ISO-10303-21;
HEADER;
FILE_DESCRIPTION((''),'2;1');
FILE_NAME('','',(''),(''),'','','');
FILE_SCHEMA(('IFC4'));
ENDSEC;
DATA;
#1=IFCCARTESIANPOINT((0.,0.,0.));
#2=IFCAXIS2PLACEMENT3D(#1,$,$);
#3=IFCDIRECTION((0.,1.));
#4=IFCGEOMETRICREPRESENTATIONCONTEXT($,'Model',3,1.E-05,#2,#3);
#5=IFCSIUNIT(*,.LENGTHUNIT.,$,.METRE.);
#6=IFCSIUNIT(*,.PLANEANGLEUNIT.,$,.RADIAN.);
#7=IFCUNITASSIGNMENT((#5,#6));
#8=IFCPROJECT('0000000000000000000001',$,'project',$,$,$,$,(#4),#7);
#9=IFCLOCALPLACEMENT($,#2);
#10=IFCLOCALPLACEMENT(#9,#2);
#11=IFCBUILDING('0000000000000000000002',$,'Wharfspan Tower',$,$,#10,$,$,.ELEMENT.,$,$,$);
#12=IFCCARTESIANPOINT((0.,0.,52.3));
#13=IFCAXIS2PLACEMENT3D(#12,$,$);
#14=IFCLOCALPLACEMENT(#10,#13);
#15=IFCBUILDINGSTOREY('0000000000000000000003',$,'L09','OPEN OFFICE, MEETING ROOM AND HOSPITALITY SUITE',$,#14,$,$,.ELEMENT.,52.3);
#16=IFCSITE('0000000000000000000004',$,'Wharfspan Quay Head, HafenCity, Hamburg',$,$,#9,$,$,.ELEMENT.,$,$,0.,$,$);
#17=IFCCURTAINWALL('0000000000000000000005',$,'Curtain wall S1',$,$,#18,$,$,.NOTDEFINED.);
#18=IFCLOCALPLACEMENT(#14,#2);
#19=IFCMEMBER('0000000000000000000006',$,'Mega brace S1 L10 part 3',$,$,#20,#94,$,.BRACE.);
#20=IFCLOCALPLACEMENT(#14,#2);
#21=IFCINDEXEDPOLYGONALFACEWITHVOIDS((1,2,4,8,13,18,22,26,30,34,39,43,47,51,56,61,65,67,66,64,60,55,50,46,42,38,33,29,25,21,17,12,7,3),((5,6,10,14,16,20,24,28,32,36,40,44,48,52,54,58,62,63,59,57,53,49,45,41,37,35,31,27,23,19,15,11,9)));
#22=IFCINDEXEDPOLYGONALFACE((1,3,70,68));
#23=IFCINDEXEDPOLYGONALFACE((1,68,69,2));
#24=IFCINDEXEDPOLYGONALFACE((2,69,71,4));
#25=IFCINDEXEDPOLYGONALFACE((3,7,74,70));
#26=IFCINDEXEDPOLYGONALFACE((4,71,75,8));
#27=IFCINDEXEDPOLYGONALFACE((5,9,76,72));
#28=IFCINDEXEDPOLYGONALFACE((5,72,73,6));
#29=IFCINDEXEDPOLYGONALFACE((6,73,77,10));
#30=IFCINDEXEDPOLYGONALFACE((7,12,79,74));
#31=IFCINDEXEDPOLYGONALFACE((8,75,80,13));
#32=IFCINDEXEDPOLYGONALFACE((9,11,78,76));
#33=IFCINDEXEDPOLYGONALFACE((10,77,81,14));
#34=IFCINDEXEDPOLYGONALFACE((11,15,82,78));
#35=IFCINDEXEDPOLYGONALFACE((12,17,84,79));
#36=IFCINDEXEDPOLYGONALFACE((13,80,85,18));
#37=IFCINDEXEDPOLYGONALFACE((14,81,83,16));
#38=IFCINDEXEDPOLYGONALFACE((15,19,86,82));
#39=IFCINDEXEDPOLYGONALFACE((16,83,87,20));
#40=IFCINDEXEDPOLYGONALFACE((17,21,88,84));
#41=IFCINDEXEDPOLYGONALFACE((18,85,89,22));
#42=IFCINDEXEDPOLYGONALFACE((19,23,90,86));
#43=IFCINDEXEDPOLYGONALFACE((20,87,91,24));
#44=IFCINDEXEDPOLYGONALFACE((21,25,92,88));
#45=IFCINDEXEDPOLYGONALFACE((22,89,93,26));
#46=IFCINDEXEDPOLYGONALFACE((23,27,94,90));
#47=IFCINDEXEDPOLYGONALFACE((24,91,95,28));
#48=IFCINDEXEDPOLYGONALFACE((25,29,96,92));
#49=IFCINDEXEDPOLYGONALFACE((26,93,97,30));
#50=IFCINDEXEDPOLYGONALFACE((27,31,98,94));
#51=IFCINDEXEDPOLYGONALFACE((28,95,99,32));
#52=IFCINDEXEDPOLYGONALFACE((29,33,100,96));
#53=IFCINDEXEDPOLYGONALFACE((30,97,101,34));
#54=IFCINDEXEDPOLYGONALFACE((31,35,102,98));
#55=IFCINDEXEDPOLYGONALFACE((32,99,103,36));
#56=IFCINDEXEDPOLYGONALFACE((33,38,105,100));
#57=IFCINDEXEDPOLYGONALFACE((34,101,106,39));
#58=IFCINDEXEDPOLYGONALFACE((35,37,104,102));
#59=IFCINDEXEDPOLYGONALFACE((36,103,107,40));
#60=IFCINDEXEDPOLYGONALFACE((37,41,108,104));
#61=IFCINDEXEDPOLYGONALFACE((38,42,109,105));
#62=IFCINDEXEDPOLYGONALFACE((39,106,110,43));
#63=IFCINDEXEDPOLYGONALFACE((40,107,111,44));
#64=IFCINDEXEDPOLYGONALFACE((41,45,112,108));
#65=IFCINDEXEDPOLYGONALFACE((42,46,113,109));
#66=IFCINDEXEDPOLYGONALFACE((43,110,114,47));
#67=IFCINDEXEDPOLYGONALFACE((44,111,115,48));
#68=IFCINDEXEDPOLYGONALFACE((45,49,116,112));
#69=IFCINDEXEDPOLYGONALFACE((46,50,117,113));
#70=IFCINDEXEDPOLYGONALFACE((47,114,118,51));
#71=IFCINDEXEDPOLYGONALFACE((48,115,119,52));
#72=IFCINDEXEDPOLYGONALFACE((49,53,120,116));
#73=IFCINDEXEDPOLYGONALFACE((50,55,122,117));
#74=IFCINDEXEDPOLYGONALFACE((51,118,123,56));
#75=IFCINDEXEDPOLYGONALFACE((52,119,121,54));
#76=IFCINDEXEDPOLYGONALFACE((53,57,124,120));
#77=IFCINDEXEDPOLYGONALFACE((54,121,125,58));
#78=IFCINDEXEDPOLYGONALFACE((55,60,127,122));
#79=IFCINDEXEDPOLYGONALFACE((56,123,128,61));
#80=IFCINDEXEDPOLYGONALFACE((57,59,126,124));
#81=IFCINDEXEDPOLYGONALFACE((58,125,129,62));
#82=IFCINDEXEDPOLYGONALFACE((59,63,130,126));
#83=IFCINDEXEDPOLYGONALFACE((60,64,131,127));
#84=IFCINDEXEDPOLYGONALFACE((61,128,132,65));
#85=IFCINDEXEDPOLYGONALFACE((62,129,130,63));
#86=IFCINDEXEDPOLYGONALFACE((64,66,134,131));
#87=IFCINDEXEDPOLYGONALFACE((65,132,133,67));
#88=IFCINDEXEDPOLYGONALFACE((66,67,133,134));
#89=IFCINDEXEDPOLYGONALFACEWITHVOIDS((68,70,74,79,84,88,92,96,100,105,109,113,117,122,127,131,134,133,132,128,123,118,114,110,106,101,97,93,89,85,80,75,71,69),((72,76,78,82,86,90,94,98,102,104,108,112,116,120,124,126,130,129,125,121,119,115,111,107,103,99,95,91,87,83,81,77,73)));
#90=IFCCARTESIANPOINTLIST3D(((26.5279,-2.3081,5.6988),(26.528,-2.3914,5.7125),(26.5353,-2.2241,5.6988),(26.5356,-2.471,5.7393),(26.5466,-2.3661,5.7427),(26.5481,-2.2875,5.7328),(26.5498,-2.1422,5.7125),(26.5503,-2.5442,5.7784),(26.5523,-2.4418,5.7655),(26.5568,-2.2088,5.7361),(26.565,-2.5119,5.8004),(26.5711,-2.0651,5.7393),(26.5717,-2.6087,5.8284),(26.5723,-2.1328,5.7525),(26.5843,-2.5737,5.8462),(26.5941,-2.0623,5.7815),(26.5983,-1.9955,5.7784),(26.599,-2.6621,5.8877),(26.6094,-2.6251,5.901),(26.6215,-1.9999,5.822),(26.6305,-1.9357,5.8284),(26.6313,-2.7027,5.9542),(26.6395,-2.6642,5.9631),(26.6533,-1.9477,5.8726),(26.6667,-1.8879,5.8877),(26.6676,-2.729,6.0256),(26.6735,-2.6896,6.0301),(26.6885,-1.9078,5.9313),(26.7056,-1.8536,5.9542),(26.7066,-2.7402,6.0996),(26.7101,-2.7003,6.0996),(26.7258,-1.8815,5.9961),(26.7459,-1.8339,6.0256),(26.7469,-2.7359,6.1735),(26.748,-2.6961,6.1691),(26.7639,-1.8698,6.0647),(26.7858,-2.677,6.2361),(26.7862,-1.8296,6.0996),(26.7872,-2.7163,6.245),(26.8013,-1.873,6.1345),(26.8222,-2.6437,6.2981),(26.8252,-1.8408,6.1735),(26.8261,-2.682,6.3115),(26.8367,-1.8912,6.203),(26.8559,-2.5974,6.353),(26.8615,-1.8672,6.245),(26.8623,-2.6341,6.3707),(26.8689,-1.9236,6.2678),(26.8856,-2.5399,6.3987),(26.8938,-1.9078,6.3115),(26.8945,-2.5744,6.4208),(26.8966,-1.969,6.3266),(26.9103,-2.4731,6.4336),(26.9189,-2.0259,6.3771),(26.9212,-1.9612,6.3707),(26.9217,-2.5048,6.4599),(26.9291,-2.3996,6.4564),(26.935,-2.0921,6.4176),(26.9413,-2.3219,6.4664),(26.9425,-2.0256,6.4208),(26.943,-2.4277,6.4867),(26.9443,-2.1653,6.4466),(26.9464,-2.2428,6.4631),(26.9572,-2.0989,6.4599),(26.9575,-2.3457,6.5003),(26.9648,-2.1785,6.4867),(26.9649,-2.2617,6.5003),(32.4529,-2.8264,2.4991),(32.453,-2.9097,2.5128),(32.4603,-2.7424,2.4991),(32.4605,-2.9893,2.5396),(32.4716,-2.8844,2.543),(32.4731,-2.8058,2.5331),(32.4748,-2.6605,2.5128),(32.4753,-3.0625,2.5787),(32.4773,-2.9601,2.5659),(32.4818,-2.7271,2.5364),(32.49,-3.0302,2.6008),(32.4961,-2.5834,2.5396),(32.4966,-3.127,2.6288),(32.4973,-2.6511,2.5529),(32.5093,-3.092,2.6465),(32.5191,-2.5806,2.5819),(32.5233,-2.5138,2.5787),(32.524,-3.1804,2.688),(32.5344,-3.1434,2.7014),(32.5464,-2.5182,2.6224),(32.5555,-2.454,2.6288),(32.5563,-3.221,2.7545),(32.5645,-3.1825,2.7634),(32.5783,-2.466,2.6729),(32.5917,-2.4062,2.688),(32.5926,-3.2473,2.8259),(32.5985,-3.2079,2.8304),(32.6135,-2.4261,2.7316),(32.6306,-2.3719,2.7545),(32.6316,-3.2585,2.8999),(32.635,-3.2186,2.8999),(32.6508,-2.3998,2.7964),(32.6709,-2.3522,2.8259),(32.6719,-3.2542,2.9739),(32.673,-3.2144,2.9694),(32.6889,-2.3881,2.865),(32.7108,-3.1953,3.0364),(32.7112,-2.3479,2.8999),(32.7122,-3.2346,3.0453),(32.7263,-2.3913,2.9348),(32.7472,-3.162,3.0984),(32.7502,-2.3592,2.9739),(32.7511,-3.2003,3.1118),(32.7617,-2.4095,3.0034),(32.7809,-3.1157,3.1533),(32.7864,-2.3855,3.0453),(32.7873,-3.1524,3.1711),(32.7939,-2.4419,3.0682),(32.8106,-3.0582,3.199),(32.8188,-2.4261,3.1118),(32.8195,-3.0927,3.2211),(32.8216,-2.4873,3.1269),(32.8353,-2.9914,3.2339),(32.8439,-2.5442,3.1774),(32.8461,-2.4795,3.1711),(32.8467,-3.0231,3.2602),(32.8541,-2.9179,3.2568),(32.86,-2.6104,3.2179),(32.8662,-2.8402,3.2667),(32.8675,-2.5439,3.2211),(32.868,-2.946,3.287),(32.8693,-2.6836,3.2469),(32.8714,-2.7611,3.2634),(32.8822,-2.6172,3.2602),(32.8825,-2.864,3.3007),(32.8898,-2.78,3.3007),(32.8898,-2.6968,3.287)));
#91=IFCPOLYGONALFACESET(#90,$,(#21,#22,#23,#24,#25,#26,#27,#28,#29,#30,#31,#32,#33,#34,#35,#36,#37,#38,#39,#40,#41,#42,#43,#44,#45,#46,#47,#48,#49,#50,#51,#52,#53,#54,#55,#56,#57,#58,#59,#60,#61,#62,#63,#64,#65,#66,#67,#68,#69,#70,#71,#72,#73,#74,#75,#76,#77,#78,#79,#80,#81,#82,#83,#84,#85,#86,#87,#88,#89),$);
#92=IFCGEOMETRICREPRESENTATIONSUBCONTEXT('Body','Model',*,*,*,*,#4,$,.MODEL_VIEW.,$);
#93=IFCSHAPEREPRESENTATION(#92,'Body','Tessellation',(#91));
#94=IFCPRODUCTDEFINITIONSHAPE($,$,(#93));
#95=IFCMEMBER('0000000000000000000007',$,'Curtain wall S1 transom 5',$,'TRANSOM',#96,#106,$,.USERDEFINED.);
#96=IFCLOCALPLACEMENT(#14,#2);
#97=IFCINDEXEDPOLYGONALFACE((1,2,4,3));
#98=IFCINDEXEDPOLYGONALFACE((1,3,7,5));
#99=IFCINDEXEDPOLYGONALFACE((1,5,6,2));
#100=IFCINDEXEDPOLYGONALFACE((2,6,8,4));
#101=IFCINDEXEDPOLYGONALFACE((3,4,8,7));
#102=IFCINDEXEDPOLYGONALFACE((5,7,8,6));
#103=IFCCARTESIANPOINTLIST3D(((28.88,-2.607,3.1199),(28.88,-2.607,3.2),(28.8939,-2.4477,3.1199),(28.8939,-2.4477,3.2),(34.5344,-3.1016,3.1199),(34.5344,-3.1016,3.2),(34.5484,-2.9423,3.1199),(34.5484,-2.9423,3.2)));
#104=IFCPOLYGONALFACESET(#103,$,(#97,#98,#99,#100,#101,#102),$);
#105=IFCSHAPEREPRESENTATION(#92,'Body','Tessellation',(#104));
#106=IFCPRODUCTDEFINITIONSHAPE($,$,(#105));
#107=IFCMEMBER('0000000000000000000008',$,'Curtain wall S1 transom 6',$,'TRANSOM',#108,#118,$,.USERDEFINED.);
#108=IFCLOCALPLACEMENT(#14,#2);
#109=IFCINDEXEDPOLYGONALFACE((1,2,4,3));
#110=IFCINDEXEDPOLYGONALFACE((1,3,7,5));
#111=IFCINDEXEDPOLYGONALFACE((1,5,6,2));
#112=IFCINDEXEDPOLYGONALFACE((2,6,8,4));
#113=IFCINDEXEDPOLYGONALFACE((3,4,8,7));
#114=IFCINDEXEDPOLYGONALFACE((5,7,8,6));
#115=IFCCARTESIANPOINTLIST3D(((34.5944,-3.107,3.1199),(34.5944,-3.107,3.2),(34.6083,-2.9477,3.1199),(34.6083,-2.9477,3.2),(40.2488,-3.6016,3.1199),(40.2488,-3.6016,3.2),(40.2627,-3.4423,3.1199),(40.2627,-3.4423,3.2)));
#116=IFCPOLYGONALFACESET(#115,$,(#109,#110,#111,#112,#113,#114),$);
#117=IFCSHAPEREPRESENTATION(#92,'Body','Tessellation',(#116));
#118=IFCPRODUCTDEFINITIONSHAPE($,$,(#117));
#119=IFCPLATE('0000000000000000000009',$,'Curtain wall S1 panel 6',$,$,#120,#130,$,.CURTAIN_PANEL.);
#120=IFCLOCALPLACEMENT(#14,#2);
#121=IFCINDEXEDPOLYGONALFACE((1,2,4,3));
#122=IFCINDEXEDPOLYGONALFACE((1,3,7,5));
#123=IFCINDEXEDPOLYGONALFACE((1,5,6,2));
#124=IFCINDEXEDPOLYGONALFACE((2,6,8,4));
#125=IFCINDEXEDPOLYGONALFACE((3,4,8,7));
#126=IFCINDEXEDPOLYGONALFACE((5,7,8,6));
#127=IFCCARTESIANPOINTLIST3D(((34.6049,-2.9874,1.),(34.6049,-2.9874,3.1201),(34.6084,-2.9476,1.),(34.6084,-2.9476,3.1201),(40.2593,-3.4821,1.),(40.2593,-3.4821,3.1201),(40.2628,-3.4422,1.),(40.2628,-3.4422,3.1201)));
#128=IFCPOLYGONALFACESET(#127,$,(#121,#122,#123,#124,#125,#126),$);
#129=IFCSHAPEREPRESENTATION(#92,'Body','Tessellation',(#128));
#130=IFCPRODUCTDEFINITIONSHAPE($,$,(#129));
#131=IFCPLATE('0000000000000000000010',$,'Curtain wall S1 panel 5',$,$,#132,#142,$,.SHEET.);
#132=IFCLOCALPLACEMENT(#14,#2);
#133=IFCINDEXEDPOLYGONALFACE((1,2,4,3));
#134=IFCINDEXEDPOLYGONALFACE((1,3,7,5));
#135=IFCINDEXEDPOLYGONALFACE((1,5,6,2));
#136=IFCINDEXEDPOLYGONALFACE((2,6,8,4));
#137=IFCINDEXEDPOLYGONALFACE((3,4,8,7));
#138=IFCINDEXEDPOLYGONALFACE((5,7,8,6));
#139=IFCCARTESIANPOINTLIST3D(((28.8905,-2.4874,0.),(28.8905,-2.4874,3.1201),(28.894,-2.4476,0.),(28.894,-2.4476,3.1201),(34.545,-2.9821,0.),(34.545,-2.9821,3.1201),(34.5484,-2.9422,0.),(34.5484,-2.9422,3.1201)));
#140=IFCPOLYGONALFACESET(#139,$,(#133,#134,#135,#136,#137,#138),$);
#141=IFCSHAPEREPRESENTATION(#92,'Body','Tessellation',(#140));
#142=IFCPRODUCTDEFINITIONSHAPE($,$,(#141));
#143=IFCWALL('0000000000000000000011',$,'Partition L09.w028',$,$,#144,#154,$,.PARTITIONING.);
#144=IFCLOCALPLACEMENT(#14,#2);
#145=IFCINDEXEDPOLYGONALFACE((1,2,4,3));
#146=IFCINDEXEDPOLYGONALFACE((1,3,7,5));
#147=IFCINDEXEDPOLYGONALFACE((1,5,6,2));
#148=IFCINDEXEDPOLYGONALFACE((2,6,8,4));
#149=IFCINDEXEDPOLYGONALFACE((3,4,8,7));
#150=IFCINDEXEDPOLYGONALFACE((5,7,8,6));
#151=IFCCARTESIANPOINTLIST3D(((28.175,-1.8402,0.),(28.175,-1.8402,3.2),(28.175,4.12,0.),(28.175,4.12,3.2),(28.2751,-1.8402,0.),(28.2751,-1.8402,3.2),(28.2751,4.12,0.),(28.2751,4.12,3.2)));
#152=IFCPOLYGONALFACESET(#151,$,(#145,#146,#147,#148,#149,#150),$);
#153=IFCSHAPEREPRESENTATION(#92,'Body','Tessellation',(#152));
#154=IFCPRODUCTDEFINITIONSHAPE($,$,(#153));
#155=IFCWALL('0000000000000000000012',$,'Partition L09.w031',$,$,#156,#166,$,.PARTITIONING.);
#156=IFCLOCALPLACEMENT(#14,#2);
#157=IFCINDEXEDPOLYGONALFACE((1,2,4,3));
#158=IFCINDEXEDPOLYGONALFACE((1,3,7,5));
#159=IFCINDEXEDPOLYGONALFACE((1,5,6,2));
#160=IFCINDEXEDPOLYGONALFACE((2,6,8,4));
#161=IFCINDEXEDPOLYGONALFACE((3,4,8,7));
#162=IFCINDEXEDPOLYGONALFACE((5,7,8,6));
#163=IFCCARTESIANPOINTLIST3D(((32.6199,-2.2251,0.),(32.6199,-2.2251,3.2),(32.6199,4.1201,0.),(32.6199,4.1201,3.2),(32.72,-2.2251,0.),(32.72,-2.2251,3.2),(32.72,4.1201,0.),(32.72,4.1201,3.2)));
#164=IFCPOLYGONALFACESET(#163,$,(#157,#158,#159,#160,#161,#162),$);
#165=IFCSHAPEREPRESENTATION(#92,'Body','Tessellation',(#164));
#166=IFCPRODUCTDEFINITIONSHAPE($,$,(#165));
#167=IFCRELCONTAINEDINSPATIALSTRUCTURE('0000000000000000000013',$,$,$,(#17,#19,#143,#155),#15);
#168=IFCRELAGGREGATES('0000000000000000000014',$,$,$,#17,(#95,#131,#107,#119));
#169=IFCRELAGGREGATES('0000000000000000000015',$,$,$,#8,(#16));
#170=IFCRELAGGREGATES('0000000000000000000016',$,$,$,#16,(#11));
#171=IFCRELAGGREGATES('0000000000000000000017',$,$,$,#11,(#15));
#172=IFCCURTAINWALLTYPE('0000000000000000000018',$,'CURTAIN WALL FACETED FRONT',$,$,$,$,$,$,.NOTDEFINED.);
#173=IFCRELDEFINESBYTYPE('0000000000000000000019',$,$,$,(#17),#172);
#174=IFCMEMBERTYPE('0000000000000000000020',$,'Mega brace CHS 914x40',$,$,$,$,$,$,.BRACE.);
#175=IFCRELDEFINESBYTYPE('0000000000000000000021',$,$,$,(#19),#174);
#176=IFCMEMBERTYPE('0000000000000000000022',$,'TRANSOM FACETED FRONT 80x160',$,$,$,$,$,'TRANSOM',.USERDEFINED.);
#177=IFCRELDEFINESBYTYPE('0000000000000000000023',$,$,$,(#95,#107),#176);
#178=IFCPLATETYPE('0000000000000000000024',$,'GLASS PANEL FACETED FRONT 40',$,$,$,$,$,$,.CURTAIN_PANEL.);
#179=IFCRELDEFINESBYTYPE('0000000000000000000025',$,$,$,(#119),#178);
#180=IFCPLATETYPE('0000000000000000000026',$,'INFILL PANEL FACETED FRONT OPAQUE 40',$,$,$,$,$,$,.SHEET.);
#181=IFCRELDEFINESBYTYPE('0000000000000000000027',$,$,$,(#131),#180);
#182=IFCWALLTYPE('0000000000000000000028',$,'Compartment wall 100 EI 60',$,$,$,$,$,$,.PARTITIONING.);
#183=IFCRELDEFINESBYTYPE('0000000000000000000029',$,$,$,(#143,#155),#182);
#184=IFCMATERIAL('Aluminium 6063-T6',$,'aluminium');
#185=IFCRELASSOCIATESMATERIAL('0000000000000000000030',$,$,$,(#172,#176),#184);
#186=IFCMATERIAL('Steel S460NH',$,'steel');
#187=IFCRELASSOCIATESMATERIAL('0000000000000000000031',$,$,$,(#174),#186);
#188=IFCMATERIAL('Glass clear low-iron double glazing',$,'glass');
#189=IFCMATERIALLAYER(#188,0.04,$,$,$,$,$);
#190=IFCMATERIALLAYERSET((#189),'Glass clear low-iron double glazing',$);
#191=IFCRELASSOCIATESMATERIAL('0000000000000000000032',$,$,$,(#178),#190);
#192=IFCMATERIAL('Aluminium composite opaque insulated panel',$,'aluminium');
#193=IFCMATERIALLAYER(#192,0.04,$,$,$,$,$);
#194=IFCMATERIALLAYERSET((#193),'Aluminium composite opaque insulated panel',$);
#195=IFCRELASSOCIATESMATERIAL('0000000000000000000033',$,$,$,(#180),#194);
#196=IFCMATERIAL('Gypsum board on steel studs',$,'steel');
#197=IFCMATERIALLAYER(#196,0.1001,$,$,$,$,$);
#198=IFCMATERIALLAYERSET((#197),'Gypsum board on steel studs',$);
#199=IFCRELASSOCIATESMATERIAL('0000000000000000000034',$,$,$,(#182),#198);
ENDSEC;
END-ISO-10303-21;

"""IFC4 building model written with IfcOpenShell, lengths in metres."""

from ifc_helpers import new_model, si_unit, direction, frame, frame_2d, origin, origin_2d, place, context, subcontext, project, spatial, rectangle, hollow_circle, extrude, material, layer, layer_set, material_profile, profile_set, type_object, element, aggregate, save


model = new_model("IFC4")

# Units and contexts
model_context = context("Model", 3, precision=1e-05, world=origin(), true_north=direction((0.0, 1.0)))
body_context = subcontext(model_context, "Body", "Model", "MODEL_VIEW")
ifc_project = project(units=[si_unit("LENGTHUNIT", "METRE"), si_unit("PLANEANGLEUNIT", "RADIAN")], contexts=[model_context])

# Site, building, storey
site_placement = place(None, origin())
site = spatial("IfcSite", under=ifc_project, at=site_placement, Name="Wharfspan Quay Head, HafenCity, Hamburg", CompositionType="ELEMENT", RefElevation=0.0)
building_placement = place(site_placement, origin())
building = spatial("IfcBuilding", under=site, at=building_placement, Name="Wharfspan Tower", CompositionType="ELEMENT")
storey_placement = place(building_placement, frame((0.0, 0.0, 52.3)))
storey = spatial("IfcBuildingStorey", under=building, at=storey_placement, Name="L09", Description="OPEN OFFICE, MEETING ROOM AND HOSPITALITY SUITE", CompositionType="ELEMENT", Elevation=52.3)

# Curtain wall
ifc_material_1 = material(Name="Aluminium 6063-T6", Category="aluminium")
curtain_wall_type = type_object("IfcCurtainWallType", Name="CURTAIN WALL FACETED FRONT", PredefinedType="NOTDEFINED", material=ifc_material_1)
curtain_wall_placement = place(storey_placement, origin())
curtain_wall = element("IfcCurtainWall", 1, at=curtain_wall_placement, inside=storey, type_object=curtain_wall_type, Name="Curtain wall S1", PredefinedType="NOTDEFINED")

# Members
ifc_material_2 = material(Name="Steel S460NH", Category="steel")
ifc_material_profile_1 = material_profile(ifc_material_2, hollow_circle(Radius=0.457, WallThickness=0.04, at=origin_2d()))
ifc_profile_set_1 = profile_set([ifc_material_profile_1], Name="Steel S460NH")
member_type_1 = type_object("IfcMemberType", Name="Mega brace CHS 914x40", PredefinedType="BRACE", material=ifc_profile_set_1)
member_1_placement = place(storey_placement, frame((32.6714, -2.8032, 2.8999), z_axis=(-0.877299, 0.076744, 0.473768), x_axis=(-0.087145, -0.996198, 0.0)))
element("IfcMember", 2, at=member_1_placement, inside=storey, type_object=member_type_1, Name="Mega brace S1 L10 part 3", PredefinedType="BRACE", context=body_context, shape_type="SweptSolid", body=[
    extrude(hollow_circle(Radius=0.457, WallThickness=0.04, at=origin_2d()), origin(), (0.0, 0.0, 1.0), 6.7537),
])
ifc_material_profile_2 = material_profile(ifc_material_1, rectangle(XDim=0.1599, YDim=0.0801, at=origin_2d()))
ifc_profile_set_2 = profile_set([ifc_material_profile_2], Name="Aluminium 6063-T6")
member_type_2 = type_object("IfcMemberType", Name="TRANSOM FACETED FRONT 80x160", ElementType="TRANSOM", PredefinedType="USERDEFINED", material=ifc_profile_set_2)
member_2_placement = place(storey_placement, frame((28.887, -2.5273, 3.1599), z_axis=(0.996196, -0.087142, 0.0), x_axis=(0.087142, 0.996196, 0.0)))
member_2 = element("IfcMember", 3, at=member_2_placement, type_object=member_type_2, Name="Curtain wall S1 transom 5", ObjectType="TRANSOM", PredefinedType="USERDEFINED", context=body_context, shape_type="SweptSolid", body=[
    extrude(rectangle(XDim=0.1599, YDim=0.0801, at=origin_2d()), origin(), (0.0, 0.0, 1.0), 5.676),
])
member_3_placement = place(storey_placement, frame((34.6013, -3.0273, 3.1599), z_axis=(0.996196, -0.087142, 0.0), x_axis=(0.087142, 0.996196, 0.0)))
member_3 = element("IfcMember", 4, at=member_3_placement, type_object=member_type_2, Name="Curtain wall S1 transom 6", ObjectType="TRANSOM", PredefinedType="USERDEFINED", context=body_context, shape_type="SweptSolid", body=[
    extrude(rectangle(XDim=0.1599, YDim=0.0801, at=origin_2d()), origin(), (0.0, 0.0, 1.0), 5.676),
])

# Plates
ifc_material_3 = material(Name="Glass clear low-iron double glazing", Category="glass")
ifc_layer_1 = layer(ifc_material_3, 0.04)
ifc_layer_set_1 = layer_set([ifc_layer_1], Name="Glass clear low-iron double glazing")
plate_type_1 = type_object("IfcPlateType", Name="GLASS PANEL FACETED FRONT 40", PredefinedType="CURTAIN_PANEL", material=ifc_layer_set_1)
plate_1_placement = place(storey_placement, frame((37.4338, -3.2148, 1.0), z_axis=(0.0, 0.0, 1.0), x_axis=(0.996197, -0.087156, 0.0)))
plate_1 = element("IfcPlate", 5, at=plate_1_placement, type_object=plate_type_1, Name="Curtain wall S1 panel 6", PredefinedType="CURTAIN_PANEL", context=body_context, shape_type="SweptSolid", body=[
    extrude(rectangle(XDim=5.676, YDim=0.04, at=origin_2d()), origin(), (0.0, 0.0, 1.0), 2.1201),
])
ifc_material_4 = material(Name="Aluminium composite opaque insulated panel", Category="aluminium")
ifc_layer_2 = layer(ifc_material_4, 0.04)
ifc_layer_set_2 = layer_set([ifc_layer_2], Name="Aluminium composite opaque insulated panel")
plate_type_2 = type_object("IfcPlateType", Name="INFILL PANEL FACETED FRONT OPAQUE 40", PredefinedType="SHEET", material=ifc_layer_set_2)
plate_2_placement = place(storey_placement, frame((31.7195, -2.7148, 0.0), z_axis=(0.0, 0.0, 1.0), x_axis=(0.996197, -0.087156, 0.0)))
plate_2 = element("IfcPlate", 6, at=plate_2_placement, type_object=plate_type_2, Name="Curtain wall S1 panel 5", PredefinedType="SHEET", context=body_context, shape_type="SweptSolid", body=[
    extrude(rectangle(XDim=5.676, YDim=0.04, at=origin_2d()), origin(), (0.0, 0.0, 1.0), 3.1201),
])
aggregate(curtain_wall, [member_2, plate_2, member_3, plate_1])

# Walls
ifc_material_5 = material(Name="Gypsum board on steel studs", Category="steel")
ifc_layer_3 = layer(ifc_material_5, 0.1001)
ifc_layer_set_3 = layer_set([ifc_layer_3], Name="Gypsum board on steel studs")
wall_type_1 = type_object("IfcWallType", Name="Compartment wall 100 EI 60", PredefinedType="PARTITIONING", material=ifc_layer_set_3)
wall_1_placement = place(storey_placement, frame((28.2251, -1.8401, 0.0), z_axis=(0.0, 0.0, 1.0), x_axis=(0.0, 1.0, 0.0)))
element("IfcWall", 7, at=wall_1_placement, inside=storey, type_object=wall_type_1, Name="Partition L09.w028", PredefinedType="PARTITIONING", context=body_context, shape_type="SweptSolid", body=[
    extrude(rectangle(XDim=5.9602, YDim=0.1001, at=frame_2d((2.98, 0.0))), origin(), (0.0, 0.0, 1.0), 3.2),
])
wall_2_placement = place(storey_placement, frame((32.6699, -2.2251, 0.0), z_axis=(0.0, 0.0, 1.0), x_axis=(0.0, 1.0, 0.0)))
element("IfcWall", 8, at=wall_2_placement, inside=storey, type_object=wall_type_1, Name="Partition L09.w031", PredefinedType="PARTITIONING", context=body_context, shape_type="SweptSolid", body=[
    extrude(rectangle(XDim=6.3452, YDim=0.1001, at=frame_2d((3.1726, 0.0))), origin(), (0.0, 0.0, 1.0), 3.2),
])

save(model, "model.ifc")
